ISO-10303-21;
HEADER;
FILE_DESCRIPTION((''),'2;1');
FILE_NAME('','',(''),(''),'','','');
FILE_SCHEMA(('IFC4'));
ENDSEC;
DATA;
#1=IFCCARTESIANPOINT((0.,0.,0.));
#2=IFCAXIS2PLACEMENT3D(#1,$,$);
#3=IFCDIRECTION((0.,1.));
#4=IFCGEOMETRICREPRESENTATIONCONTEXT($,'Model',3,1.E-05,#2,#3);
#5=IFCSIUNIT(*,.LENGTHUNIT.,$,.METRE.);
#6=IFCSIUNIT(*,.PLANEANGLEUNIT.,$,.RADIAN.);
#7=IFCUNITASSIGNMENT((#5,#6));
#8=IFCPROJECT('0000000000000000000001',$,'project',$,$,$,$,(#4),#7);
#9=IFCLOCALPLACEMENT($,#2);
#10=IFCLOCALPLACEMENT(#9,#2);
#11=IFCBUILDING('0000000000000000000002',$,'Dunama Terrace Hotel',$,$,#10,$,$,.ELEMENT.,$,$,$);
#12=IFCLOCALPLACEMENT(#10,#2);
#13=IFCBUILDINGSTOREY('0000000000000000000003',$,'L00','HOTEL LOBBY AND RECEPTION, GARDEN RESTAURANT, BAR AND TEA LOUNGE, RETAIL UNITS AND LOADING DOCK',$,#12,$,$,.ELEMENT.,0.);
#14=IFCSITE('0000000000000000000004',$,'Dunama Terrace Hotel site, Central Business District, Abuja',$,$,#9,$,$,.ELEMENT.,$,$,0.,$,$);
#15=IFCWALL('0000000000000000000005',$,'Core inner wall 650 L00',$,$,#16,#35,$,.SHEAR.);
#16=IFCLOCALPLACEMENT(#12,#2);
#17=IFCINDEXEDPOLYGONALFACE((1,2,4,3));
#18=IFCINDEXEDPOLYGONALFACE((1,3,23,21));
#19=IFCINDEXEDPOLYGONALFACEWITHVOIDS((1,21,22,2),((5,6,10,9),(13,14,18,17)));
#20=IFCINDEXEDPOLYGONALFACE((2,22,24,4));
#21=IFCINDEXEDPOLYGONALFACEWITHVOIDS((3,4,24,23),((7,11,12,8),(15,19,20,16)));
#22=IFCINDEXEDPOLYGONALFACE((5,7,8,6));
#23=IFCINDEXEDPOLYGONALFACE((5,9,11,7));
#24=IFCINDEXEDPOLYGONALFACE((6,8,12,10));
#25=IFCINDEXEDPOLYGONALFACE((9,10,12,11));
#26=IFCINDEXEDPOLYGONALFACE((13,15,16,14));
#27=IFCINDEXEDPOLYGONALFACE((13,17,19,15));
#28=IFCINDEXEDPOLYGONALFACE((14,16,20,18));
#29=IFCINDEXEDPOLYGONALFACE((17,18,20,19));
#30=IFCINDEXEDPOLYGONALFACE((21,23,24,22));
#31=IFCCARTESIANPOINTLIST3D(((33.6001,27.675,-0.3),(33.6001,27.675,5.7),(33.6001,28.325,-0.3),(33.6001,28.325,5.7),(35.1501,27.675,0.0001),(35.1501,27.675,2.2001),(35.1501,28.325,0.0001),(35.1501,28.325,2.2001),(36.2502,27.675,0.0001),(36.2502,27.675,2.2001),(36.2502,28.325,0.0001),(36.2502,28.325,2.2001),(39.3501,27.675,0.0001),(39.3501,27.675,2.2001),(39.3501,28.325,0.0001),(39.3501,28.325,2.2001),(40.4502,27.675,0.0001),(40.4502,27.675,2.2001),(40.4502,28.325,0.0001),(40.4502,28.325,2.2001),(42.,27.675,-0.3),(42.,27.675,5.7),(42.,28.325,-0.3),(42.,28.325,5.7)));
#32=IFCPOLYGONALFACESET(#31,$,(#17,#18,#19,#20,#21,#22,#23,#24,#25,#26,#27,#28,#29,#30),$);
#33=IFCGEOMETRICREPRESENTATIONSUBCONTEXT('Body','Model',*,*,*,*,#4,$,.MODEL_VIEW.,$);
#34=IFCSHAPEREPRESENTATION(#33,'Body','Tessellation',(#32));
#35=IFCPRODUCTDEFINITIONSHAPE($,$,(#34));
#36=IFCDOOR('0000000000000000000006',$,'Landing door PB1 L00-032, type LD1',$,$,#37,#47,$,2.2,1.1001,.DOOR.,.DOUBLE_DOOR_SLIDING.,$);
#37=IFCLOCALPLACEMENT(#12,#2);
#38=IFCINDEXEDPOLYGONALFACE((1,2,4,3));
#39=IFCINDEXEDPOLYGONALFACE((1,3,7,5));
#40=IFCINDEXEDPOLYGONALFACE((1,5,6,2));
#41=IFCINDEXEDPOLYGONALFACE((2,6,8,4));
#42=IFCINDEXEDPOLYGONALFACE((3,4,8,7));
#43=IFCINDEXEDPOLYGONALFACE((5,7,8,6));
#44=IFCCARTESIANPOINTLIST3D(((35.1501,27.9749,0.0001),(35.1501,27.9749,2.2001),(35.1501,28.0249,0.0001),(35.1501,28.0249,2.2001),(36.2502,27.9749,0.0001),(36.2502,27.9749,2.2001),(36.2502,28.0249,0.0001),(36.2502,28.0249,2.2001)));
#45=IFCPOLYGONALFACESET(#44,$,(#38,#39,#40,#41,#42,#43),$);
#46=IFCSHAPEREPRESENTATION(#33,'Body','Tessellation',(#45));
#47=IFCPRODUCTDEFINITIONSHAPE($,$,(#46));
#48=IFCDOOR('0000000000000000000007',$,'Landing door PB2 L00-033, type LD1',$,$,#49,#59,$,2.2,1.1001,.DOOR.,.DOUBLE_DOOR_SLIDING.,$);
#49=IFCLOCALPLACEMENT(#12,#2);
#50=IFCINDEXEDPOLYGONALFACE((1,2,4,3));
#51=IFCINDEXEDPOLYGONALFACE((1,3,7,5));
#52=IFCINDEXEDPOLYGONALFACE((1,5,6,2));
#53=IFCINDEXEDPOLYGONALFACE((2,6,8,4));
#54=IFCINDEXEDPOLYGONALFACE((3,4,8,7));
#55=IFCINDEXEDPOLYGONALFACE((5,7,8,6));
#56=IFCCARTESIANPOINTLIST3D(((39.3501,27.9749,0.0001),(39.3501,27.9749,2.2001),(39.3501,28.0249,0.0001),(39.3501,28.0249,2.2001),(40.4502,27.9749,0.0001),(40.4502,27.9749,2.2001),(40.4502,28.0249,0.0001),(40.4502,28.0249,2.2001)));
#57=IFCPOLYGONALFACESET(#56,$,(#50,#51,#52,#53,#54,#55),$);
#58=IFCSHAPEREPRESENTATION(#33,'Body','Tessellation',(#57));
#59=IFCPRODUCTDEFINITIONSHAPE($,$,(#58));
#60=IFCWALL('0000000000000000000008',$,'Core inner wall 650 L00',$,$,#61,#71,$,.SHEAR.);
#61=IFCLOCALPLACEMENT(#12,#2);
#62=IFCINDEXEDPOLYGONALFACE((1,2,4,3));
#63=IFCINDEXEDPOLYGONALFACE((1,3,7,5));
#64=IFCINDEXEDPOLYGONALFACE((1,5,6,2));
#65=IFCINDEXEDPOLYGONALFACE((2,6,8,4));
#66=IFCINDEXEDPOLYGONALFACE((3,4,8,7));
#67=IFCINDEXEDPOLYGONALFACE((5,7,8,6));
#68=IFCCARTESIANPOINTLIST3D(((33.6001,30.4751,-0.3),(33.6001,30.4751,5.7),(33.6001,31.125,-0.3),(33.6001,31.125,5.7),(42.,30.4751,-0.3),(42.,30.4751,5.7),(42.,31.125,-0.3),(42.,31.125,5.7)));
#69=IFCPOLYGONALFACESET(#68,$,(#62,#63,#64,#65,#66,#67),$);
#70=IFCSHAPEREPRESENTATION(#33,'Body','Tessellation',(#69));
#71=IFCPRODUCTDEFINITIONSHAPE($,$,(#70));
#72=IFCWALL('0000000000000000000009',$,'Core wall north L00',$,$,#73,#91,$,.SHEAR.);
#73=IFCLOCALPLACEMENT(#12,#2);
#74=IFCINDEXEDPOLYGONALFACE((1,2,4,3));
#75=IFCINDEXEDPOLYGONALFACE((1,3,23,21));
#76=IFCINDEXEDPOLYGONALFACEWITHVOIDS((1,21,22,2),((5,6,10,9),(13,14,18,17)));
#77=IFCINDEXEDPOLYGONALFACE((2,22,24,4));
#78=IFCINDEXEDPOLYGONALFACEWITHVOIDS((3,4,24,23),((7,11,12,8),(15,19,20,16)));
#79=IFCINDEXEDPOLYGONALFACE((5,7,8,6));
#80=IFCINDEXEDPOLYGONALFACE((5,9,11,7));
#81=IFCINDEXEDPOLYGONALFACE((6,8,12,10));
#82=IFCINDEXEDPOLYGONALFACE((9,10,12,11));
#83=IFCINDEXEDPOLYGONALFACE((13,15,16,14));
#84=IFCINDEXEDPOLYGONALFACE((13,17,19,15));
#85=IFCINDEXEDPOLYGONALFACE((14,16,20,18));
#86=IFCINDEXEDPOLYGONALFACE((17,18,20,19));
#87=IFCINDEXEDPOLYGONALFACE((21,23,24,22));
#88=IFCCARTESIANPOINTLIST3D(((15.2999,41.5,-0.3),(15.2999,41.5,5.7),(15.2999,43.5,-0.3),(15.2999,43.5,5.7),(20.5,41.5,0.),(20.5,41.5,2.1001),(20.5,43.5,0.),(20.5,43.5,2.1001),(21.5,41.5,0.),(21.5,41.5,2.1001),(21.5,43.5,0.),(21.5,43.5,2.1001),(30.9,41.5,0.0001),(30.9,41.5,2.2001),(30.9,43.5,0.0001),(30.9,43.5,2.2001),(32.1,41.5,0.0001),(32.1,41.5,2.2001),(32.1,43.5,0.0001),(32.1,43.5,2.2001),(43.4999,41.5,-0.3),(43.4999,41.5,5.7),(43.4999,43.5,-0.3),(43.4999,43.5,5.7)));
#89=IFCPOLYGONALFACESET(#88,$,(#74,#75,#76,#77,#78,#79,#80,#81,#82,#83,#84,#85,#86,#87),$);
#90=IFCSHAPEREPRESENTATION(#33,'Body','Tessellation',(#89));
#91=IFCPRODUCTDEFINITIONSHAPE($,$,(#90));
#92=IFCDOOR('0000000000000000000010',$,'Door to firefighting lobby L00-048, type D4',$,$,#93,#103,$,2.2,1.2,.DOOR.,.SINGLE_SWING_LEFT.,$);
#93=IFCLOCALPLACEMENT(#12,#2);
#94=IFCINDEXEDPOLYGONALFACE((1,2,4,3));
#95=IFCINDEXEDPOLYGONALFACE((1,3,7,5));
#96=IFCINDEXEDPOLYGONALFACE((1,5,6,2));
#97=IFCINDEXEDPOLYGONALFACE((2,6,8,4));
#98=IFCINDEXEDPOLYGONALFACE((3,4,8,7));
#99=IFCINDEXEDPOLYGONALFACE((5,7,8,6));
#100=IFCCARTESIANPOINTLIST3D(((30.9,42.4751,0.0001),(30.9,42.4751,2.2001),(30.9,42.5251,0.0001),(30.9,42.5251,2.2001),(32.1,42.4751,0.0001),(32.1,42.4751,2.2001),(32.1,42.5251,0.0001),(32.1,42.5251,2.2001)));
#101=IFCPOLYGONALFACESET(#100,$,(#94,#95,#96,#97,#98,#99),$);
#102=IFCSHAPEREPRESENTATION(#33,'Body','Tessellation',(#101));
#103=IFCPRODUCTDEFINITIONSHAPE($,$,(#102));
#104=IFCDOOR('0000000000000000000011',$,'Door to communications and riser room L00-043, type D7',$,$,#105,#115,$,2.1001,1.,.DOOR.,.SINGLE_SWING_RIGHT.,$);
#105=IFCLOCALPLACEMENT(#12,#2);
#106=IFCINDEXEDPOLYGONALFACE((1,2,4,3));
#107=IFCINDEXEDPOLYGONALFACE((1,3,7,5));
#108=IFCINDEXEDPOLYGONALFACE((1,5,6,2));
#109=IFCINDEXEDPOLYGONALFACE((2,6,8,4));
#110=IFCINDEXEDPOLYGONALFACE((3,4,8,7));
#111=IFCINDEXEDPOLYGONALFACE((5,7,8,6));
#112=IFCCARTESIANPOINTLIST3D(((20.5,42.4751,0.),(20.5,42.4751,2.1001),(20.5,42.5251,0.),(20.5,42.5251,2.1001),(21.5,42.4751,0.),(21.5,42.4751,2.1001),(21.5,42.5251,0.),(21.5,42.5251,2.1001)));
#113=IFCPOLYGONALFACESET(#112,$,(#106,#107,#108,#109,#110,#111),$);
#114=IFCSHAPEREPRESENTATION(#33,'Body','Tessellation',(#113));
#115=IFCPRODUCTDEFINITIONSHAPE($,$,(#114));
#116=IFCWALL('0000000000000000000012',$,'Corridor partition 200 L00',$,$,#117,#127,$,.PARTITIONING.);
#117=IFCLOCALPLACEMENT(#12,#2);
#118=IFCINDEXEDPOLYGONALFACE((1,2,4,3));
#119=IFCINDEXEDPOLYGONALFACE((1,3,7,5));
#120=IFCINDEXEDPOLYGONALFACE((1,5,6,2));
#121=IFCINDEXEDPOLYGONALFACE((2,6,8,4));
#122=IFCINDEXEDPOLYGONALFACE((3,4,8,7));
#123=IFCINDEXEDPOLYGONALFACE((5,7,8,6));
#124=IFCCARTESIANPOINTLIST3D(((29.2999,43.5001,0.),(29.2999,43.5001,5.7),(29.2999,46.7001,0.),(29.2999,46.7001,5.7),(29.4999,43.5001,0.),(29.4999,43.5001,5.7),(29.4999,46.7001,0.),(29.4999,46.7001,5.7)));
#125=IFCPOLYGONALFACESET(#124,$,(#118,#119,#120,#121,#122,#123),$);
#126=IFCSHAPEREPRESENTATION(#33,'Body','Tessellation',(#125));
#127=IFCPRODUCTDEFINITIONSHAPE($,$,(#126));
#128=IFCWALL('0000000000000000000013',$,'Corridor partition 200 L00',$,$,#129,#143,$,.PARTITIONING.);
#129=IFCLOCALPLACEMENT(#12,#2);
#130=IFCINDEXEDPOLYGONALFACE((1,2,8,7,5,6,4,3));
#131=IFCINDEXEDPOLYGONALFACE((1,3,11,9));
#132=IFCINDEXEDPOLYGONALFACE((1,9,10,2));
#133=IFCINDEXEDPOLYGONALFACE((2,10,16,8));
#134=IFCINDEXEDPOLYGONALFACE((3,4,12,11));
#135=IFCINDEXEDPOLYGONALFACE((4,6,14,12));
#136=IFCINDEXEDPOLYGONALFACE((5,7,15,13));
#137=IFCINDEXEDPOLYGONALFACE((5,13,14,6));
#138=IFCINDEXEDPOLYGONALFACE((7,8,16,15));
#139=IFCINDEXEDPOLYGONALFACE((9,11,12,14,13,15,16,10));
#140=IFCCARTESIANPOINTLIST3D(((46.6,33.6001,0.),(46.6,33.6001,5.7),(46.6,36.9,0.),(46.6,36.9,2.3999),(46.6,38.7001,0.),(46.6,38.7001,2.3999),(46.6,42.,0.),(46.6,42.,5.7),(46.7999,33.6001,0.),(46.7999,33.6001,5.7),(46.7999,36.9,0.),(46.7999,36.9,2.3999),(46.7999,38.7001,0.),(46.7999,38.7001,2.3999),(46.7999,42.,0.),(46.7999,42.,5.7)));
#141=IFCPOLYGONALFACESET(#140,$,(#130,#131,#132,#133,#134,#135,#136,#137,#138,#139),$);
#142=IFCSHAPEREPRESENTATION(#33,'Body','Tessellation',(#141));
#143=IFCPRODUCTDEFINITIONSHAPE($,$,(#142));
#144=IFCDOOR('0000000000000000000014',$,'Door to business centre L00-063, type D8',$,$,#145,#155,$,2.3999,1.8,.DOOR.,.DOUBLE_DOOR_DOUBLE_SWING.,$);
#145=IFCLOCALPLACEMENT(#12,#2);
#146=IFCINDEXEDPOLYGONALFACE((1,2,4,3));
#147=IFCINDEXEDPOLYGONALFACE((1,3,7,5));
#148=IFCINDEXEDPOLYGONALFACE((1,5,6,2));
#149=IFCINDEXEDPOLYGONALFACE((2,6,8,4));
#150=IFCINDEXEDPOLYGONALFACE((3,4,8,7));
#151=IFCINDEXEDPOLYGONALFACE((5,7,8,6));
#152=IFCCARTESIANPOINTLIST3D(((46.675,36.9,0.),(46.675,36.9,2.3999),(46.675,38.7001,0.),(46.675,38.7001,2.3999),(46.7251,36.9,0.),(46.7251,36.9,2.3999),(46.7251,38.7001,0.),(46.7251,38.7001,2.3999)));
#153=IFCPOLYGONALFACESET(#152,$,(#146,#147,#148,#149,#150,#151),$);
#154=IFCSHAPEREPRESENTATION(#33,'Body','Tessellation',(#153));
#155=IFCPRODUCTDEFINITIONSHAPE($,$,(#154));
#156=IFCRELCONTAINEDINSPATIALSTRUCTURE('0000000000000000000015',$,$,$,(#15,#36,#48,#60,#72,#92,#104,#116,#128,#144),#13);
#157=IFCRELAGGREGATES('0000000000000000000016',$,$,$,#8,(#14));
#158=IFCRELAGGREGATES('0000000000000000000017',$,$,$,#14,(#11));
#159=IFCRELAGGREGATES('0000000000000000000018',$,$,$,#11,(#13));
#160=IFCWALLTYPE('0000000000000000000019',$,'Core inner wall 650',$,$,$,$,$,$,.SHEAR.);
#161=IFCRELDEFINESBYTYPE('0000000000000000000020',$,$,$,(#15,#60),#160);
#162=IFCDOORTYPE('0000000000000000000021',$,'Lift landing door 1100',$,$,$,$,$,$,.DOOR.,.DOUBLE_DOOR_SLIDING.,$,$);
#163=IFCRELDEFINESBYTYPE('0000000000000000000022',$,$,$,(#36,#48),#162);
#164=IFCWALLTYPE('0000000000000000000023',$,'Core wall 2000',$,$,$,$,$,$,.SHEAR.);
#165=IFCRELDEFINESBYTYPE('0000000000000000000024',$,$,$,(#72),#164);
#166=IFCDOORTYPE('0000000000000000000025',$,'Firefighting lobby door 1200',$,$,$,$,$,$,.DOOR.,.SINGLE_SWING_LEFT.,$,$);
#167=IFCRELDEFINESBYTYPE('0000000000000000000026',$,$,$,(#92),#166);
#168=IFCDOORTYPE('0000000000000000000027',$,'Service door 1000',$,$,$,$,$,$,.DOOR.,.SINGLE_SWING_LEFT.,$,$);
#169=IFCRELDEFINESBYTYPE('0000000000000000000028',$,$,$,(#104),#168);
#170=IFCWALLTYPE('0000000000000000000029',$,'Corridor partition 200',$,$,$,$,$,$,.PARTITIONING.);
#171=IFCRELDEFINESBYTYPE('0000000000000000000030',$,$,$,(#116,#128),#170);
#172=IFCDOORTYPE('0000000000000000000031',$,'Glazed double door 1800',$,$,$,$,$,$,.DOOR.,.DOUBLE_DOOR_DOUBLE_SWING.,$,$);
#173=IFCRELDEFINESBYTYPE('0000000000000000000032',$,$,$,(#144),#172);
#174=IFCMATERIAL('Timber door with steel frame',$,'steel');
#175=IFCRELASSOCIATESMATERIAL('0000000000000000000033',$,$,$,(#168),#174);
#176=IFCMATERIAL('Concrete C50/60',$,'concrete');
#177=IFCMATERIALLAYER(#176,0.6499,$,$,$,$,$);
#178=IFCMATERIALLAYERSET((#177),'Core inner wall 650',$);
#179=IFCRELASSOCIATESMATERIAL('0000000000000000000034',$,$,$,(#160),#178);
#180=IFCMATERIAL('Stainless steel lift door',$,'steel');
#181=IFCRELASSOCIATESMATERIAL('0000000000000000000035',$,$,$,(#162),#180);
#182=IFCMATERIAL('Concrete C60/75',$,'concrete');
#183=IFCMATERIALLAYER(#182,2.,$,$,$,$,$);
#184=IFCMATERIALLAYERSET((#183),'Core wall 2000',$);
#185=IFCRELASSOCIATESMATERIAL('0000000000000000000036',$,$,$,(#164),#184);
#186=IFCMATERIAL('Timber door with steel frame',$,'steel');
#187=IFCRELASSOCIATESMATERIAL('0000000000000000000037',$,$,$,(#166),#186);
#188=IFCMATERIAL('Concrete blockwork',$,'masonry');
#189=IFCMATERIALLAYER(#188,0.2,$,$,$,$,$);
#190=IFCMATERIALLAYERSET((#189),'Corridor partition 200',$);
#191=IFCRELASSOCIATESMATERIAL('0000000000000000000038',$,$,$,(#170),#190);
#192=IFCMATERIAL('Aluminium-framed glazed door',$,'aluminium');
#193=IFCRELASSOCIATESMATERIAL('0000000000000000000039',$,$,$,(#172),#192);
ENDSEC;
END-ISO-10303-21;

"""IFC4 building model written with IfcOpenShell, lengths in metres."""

from ifc_helpers import new_model, si_unit, direction, frame, frame_2d, origin, place, context, subcontext, project, spatial, rectangle, extrude, material, layer, layer_set, type_object, element, fill, save


model = new_model("IFC4")

# Units and contexts
model_context = context("Model", 3, precision=1e-05, world=origin(), true_north=direction((0.0, 1.0)))
body_context = subcontext(model_context, "Body", "Model", "MODEL_VIEW")
ifc_project = project(units=[si_unit("LENGTHUNIT", "METRE"), si_unit("PLANEANGLEUNIT", "RADIAN")], contexts=[model_context])

# Site, building, storey
site_placement = place(None, origin())
site = spatial("IfcSite", under=ifc_project, at=site_placement, Name="Dunama Terrace Hotel site, Central Business District, Abuja", CompositionType="ELEMENT", RefElevation=0.0)
building_placement = place(site_placement, origin())
building = spatial("IfcBuilding", under=site, at=building_placement, Name="Dunama Terrace Hotel", CompositionType="ELEMENT")
storey_placement = place(building_placement, origin())
storey = spatial("IfcBuildingStorey", under=building, at=storey_placement, Name="L00", Description="HOTEL LOBBY AND RECEPTION, GARDEN RESTAURANT, BAR AND TEA LOUNGE, RETAIL UNITS AND LOADING DOCK", CompositionType="ELEMENT", Elevation=0.0)

# Shared definitions
ifc_material_1 = material(Name="Timber door with steel frame", Category="steel")
door_type_1 = type_object("IfcDoorType", Name="Service door 1000", OperationType="SINGLE_SWING_LEFT", PredefinedType="DOOR", material=ifc_material_1)

# Wall, openings, doors
ifc_material_2 = material(Name="Concrete C50/60", Category="concrete")
ifc_layer_1 = layer(ifc_material_2, 0.6499)
ifc_layer_set_1 = layer_set([ifc_layer_1], Name="Core inner wall 650")
wall_type_1 = type_object("IfcWallType", Name="Core inner wall 650", PredefinedType="SHEAR", material=ifc_layer_set_1)
wall_1_placement = place(storey_placement, frame((33.6001, 28.0, -0.3), z_axis=(0.0, 0.0, 1.0), x_axis=(1.0, 0.0, 0.0)))
wall_1 = element("IfcWall", 1, at=wall_1_placement, inside=storey, type_object=wall_type_1, Name="Core inner wall 650 L00", PredefinedType="SHEAR", context=body_context, shape_type="SweptSolid", body=[
    extrude(rectangle(XDim=8.3999, YDim=0.6499, at=frame_2d((4.2, 0.0))), origin(), (0.0, 0.0, 1.0), 6.0),
])
opening_1_placement = place(wall_1_placement, frame((1.55, 0.0, 0.3)))
opening_1 = element("IfcOpeningElement", 2, at=opening_1_placement, cuts=wall_1, PredefinedType="OPENING", context=body_context, shape_type="SweptSolid", body=[
    extrude(rectangle(XDim=1.1001, YDim=2.2, at=frame_2d((0.55, 1.1001))), frame((0.0, 0.335, 0.0), z_axis=(0.0, -1.0, 0.0), x_axis=(1.0, 0.0, 0.0)), (0.0, 0.0, 1.0), 0.6699),
])
opening_2_placement = place(wall_1_placement, frame((5.75, 0.0, 0.3)))
opening_2 = element("IfcOpeningElement", 3, at=opening_2_placement, cuts=wall_1, PredefinedType="OPENING", context=body_context, shape_type="SweptSolid", body=[
    extrude(rectangle(XDim=1.1001, YDim=2.2, at=frame_2d((0.55, 1.1001))), frame((0.0, 0.335, 0.0), z_axis=(0.0, -1.0, 0.0), x_axis=(1.0, 0.0, 0.0)), (0.0, 0.0, 1.0), 0.6699),
])
ifc_material_3 = material(Name="Stainless steel lift door", Category="steel")
door_type_2 = type_object("IfcDoorType", Name="Lift landing door 1100", OperationType="DOUBLE_DOOR_SLIDING", PredefinedType="DOOR", material=ifc_material_3)
door_1_placement = place(opening_1_placement, origin())
door_1 = element("IfcDoor", 4, at=door_1_placement, inside=storey, type_object=door_type_2, Name="Landing door PB1 L00-032, type LD1", OperationType="DOUBLE_DOOR_SLIDING", OverallHeight=2.2, OverallWidth=1.1001, PredefinedType="DOOR", context=body_context, shape_type="SweptSolid", body=[
    extrude(rectangle(XDim=1.1001, YDim=2.2, at=frame_2d((0.55, 1.1001))), frame((0.0, 0.0249, 0.0), z_axis=(0.0, -1.0, 0.0), x_axis=(1.0, 0.0, 0.0)), (0.0, 0.0, 1.0), 0.05),
])
fill(opening_1, door_1)
door_2_placement = place(opening_2_placement, origin())
door_2 = element("IfcDoor", 5, at=door_2_placement, inside=storey, type_object=door_type_2, Name="Landing door PB2 L00-033, type LD1", OperationType="DOUBLE_DOOR_SLIDING", OverallHeight=2.2, OverallWidth=1.1001, PredefinedType="DOOR", context=body_context, shape_type="SweptSolid", body=[
    extrude(rectangle(XDim=1.1001, YDim=2.2, at=frame_2d((0.55, 1.1001))), frame((0.0, 0.0249, 0.0), z_axis=(0.0, -1.0, 0.0), x_axis=(1.0, 0.0, 0.0)), (0.0, 0.0, 1.0), 0.05),
])
fill(opening_2, door_2)

# Wall
wall_2_placement = place(storey_placement, frame((33.6001, 30.8, -0.3), z_axis=(0.0, 0.0, 1.0), x_axis=(1.0, 0.0, 0.0)))
element("IfcWall", 6, at=wall_2_placement, inside=storey, type_object=wall_type_1, Name="Core inner wall 650 L00", PredefinedType="SHEAR", context=body_context, shape_type="SweptSolid", body=[
    extrude(rectangle(XDim=8.3999, YDim=0.6499, at=frame_2d((4.2, 0.0))), origin(), (0.0, 0.0, 1.0), 6.0),
])

# Wall, openings, doors
ifc_material_4 = material(Name="Concrete C60/75", Category="concrete")
ifc_layer_2 = layer(ifc_material_4, 2.0)
ifc_layer_set_2 = layer_set([ifc_layer_2], Name="Core wall 2000")
wall_type_2 = type_object("IfcWallType", Name="Core wall 2000", PredefinedType="SHEAR", material=ifc_layer_set_2)
wall_3_placement = place(storey_placement, frame((43.5, 42.5, -0.3), z_axis=(0.0, 0.0, 1.0), x_axis=(-1.0, 0.0, 0.0)))
wall_3 = element("IfcWall", 7, at=wall_3_placement, inside=storey, type_object=wall_type_2, Name="Core wall north L00", PredefinedType="SHEAR", context=body_context, shape_type="SweptSolid", body=[
    extrude(rectangle(XDim=28.2, YDim=2.0, at=frame_2d((14.1001, 0.0))), origin(), (0.0, 0.0, 1.0), 6.0),
])
opening_3_placement = place(wall_3_placement, frame((22.0, 0.0, 0.3)))
opening_3 = element("IfcOpeningElement", 8, at=opening_3_placement, cuts=wall_3, PredefinedType="OPENING", context=body_context, shape_type="SweptSolid", body=[
    extrude(rectangle(XDim=1.0, YDim=2.1001, at=frame_2d((0.5, 1.05))), frame((0.0, 1.01, 0.0), z_axis=(0.0, -1.0, 0.0), x_axis=(1.0, 0.0, 0.0)), (0.0, 0.0, 1.0), 2.02),
])
opening_4_placement = place(wall_3_placement, frame((11.3999, 0.0, 0.3)))
opening_4 = element("IfcOpeningElement", 9, at=opening_4_placement, cuts=wall_3, PredefinedType="OPENING", context=body_context, shape_type="SweptSolid", body=[
    extrude(rectangle(XDim=1.2, YDim=2.2, at=frame_2d((0.6001, 1.1001))), frame((0.0, 1.01, 0.0), z_axis=(0.0, -1.0, 0.0), x_axis=(1.0, 0.0, 0.0)), (0.0, 0.0, 1.0), 2.02),
])
ifc_material_5 = material(Name="Timber door with steel frame", Category="steel")
door_type_3 = type_object("IfcDoorType", Name="Firefighting lobby door 1200", OperationType="SINGLE_SWING_LEFT", PredefinedType="DOOR", material=ifc_material_5)
door_3_placement = place(opening_4_placement, origin())
door_3 = element("IfcDoor", 10, at=door_3_placement, inside=storey, type_object=door_type_3, Name="Door to firefighting lobby L00-048, type D4", OperationType="SINGLE_SWING_LEFT", OverallHeight=2.2, OverallWidth=1.2, PredefinedType="DOOR", context=body_context, shape_type="SweptSolid", body=[
    extrude(rectangle(XDim=1.2, YDim=2.2, at=frame_2d((0.6001, 1.1001))), frame((0.0, 0.0249, 0.0), z_axis=(0.0, -1.0, 0.0), x_axis=(1.0, 0.0, 0.0)), (0.0, 0.0, 1.0), 0.05),
])
fill(opening_4, door_3)
door_4_placement = place(opening_3_placement, origin())
door_4 = element("IfcDoor", 11, at=door_4_placement, inside=storey, type_object=door_type_1, Name="Door to communications and riser room L00-043, type D7", OperationType="SINGLE_SWING_RIGHT", OverallHeight=2.1001, OverallWidth=1.0, PredefinedType="DOOR", context=body_context, shape_type="SweptSolid", body=[
    extrude(rectangle(XDim=1.0, YDim=2.1001, at=frame_2d((0.5, 1.05))), frame((0.0, 0.0249, 0.0), z_axis=(0.0, -1.0, 0.0), x_axis=(1.0, 0.0, 0.0)), (0.0, 0.0, 1.0), 0.05),
])
fill(opening_3, door_4)

# Wall
ifc_material_6 = material(Name="Concrete blockwork", Category="masonry")
ifc_layer_3 = layer(ifc_material_6, 0.2)
ifc_layer_set_3 = layer_set([ifc_layer_3], Name="Corridor partition 200")
wall_type_3 = type_object("IfcWallType", Name="Corridor partition 200", PredefinedType="PARTITIONING", material=ifc_layer_set_3)
wall_4_placement = place(storey_placement, frame((29.3999, 43.5, 0.0), z_axis=(0.0, 0.0, 1.0), x_axis=(0.0, 1.0, 0.0)))
element("IfcWall", 12, at=wall_4_placement, inside=storey, type_object=wall_type_3, Name="Corridor partition 200 L00", PredefinedType="PARTITIONING", context=body_context, shape_type="SweptSolid", body=[
    extrude(rectangle(XDim=3.2, YDim=0.2, at=frame_2d((1.6001, 0.0))), origin(), (0.0, 0.0, 1.0), 5.7),
])

# Wall, opening, door
wall_5_placement = place(storey_placement, frame((46.7, 33.6001, 0.0), z_axis=(0.0, 0.0, 1.0), x_axis=(0.0, 1.0, 0.0)))
wall_5 = element("IfcWall", 13, at=wall_5_placement, inside=storey, type_object=wall_type_3, Name="Corridor partition 200 L00", PredefinedType="PARTITIONING", context=body_context, shape_type="SweptSolid", body=[
    extrude(rectangle(XDim=8.3999, YDim=0.2, at=frame_2d((4.2, 0.0))), origin(), (0.0, 0.0, 1.0), 5.7),
])
opening_5_placement = place(wall_5_placement, frame((3.3, 0.0, 0.0)))
opening_5 = element("IfcOpeningElement", 14, at=opening_5_placement, cuts=wall_5, PredefinedType="OPENING", context=body_context, shape_type="SweptSolid", body=[
    extrude(rectangle(XDim=1.8, YDim=2.3999, at=frame_2d((0.8999, 1.2))), frame((0.0, 0.1099, 0.0), z_axis=(0.0, -1.0, 0.0), x_axis=(1.0, 0.0, 0.0)), (0.0, 0.0, 1.0), 0.22),
])
ifc_material_7 = material(Name="Aluminium-framed glazed door", Category="aluminium")
door_type_4 = type_object("IfcDoorType", Name="Glazed double door 1800", OperationType="DOUBLE_DOOR_DOUBLE_SWING", PredefinedType="DOOR", material=ifc_material_7)
door_5_placement = place(opening_5_placement, origin())
door_5 = element("IfcDoor", 15, at=door_5_placement, inside=storey, type_object=door_type_4, Name="Door to business centre L00-063, type D8", OperationType="DOUBLE_DOOR_DOUBLE_SWING", OverallHeight=2.3999, OverallWidth=1.8, PredefinedType="DOOR", context=body_context, shape_type="SweptSolid", body=[
    extrude(rectangle(XDim=1.8, YDim=2.3999, at=frame_2d((0.8999, 1.2))), frame((0.0, 0.0249, 0.0), z_axis=(0.0, -1.0, 0.0), x_axis=(1.0, 0.0, 0.0)), (0.0, 0.0, 1.0), 0.05),
])
fill(opening_5, door_5)

save(model, "model.ifc")
